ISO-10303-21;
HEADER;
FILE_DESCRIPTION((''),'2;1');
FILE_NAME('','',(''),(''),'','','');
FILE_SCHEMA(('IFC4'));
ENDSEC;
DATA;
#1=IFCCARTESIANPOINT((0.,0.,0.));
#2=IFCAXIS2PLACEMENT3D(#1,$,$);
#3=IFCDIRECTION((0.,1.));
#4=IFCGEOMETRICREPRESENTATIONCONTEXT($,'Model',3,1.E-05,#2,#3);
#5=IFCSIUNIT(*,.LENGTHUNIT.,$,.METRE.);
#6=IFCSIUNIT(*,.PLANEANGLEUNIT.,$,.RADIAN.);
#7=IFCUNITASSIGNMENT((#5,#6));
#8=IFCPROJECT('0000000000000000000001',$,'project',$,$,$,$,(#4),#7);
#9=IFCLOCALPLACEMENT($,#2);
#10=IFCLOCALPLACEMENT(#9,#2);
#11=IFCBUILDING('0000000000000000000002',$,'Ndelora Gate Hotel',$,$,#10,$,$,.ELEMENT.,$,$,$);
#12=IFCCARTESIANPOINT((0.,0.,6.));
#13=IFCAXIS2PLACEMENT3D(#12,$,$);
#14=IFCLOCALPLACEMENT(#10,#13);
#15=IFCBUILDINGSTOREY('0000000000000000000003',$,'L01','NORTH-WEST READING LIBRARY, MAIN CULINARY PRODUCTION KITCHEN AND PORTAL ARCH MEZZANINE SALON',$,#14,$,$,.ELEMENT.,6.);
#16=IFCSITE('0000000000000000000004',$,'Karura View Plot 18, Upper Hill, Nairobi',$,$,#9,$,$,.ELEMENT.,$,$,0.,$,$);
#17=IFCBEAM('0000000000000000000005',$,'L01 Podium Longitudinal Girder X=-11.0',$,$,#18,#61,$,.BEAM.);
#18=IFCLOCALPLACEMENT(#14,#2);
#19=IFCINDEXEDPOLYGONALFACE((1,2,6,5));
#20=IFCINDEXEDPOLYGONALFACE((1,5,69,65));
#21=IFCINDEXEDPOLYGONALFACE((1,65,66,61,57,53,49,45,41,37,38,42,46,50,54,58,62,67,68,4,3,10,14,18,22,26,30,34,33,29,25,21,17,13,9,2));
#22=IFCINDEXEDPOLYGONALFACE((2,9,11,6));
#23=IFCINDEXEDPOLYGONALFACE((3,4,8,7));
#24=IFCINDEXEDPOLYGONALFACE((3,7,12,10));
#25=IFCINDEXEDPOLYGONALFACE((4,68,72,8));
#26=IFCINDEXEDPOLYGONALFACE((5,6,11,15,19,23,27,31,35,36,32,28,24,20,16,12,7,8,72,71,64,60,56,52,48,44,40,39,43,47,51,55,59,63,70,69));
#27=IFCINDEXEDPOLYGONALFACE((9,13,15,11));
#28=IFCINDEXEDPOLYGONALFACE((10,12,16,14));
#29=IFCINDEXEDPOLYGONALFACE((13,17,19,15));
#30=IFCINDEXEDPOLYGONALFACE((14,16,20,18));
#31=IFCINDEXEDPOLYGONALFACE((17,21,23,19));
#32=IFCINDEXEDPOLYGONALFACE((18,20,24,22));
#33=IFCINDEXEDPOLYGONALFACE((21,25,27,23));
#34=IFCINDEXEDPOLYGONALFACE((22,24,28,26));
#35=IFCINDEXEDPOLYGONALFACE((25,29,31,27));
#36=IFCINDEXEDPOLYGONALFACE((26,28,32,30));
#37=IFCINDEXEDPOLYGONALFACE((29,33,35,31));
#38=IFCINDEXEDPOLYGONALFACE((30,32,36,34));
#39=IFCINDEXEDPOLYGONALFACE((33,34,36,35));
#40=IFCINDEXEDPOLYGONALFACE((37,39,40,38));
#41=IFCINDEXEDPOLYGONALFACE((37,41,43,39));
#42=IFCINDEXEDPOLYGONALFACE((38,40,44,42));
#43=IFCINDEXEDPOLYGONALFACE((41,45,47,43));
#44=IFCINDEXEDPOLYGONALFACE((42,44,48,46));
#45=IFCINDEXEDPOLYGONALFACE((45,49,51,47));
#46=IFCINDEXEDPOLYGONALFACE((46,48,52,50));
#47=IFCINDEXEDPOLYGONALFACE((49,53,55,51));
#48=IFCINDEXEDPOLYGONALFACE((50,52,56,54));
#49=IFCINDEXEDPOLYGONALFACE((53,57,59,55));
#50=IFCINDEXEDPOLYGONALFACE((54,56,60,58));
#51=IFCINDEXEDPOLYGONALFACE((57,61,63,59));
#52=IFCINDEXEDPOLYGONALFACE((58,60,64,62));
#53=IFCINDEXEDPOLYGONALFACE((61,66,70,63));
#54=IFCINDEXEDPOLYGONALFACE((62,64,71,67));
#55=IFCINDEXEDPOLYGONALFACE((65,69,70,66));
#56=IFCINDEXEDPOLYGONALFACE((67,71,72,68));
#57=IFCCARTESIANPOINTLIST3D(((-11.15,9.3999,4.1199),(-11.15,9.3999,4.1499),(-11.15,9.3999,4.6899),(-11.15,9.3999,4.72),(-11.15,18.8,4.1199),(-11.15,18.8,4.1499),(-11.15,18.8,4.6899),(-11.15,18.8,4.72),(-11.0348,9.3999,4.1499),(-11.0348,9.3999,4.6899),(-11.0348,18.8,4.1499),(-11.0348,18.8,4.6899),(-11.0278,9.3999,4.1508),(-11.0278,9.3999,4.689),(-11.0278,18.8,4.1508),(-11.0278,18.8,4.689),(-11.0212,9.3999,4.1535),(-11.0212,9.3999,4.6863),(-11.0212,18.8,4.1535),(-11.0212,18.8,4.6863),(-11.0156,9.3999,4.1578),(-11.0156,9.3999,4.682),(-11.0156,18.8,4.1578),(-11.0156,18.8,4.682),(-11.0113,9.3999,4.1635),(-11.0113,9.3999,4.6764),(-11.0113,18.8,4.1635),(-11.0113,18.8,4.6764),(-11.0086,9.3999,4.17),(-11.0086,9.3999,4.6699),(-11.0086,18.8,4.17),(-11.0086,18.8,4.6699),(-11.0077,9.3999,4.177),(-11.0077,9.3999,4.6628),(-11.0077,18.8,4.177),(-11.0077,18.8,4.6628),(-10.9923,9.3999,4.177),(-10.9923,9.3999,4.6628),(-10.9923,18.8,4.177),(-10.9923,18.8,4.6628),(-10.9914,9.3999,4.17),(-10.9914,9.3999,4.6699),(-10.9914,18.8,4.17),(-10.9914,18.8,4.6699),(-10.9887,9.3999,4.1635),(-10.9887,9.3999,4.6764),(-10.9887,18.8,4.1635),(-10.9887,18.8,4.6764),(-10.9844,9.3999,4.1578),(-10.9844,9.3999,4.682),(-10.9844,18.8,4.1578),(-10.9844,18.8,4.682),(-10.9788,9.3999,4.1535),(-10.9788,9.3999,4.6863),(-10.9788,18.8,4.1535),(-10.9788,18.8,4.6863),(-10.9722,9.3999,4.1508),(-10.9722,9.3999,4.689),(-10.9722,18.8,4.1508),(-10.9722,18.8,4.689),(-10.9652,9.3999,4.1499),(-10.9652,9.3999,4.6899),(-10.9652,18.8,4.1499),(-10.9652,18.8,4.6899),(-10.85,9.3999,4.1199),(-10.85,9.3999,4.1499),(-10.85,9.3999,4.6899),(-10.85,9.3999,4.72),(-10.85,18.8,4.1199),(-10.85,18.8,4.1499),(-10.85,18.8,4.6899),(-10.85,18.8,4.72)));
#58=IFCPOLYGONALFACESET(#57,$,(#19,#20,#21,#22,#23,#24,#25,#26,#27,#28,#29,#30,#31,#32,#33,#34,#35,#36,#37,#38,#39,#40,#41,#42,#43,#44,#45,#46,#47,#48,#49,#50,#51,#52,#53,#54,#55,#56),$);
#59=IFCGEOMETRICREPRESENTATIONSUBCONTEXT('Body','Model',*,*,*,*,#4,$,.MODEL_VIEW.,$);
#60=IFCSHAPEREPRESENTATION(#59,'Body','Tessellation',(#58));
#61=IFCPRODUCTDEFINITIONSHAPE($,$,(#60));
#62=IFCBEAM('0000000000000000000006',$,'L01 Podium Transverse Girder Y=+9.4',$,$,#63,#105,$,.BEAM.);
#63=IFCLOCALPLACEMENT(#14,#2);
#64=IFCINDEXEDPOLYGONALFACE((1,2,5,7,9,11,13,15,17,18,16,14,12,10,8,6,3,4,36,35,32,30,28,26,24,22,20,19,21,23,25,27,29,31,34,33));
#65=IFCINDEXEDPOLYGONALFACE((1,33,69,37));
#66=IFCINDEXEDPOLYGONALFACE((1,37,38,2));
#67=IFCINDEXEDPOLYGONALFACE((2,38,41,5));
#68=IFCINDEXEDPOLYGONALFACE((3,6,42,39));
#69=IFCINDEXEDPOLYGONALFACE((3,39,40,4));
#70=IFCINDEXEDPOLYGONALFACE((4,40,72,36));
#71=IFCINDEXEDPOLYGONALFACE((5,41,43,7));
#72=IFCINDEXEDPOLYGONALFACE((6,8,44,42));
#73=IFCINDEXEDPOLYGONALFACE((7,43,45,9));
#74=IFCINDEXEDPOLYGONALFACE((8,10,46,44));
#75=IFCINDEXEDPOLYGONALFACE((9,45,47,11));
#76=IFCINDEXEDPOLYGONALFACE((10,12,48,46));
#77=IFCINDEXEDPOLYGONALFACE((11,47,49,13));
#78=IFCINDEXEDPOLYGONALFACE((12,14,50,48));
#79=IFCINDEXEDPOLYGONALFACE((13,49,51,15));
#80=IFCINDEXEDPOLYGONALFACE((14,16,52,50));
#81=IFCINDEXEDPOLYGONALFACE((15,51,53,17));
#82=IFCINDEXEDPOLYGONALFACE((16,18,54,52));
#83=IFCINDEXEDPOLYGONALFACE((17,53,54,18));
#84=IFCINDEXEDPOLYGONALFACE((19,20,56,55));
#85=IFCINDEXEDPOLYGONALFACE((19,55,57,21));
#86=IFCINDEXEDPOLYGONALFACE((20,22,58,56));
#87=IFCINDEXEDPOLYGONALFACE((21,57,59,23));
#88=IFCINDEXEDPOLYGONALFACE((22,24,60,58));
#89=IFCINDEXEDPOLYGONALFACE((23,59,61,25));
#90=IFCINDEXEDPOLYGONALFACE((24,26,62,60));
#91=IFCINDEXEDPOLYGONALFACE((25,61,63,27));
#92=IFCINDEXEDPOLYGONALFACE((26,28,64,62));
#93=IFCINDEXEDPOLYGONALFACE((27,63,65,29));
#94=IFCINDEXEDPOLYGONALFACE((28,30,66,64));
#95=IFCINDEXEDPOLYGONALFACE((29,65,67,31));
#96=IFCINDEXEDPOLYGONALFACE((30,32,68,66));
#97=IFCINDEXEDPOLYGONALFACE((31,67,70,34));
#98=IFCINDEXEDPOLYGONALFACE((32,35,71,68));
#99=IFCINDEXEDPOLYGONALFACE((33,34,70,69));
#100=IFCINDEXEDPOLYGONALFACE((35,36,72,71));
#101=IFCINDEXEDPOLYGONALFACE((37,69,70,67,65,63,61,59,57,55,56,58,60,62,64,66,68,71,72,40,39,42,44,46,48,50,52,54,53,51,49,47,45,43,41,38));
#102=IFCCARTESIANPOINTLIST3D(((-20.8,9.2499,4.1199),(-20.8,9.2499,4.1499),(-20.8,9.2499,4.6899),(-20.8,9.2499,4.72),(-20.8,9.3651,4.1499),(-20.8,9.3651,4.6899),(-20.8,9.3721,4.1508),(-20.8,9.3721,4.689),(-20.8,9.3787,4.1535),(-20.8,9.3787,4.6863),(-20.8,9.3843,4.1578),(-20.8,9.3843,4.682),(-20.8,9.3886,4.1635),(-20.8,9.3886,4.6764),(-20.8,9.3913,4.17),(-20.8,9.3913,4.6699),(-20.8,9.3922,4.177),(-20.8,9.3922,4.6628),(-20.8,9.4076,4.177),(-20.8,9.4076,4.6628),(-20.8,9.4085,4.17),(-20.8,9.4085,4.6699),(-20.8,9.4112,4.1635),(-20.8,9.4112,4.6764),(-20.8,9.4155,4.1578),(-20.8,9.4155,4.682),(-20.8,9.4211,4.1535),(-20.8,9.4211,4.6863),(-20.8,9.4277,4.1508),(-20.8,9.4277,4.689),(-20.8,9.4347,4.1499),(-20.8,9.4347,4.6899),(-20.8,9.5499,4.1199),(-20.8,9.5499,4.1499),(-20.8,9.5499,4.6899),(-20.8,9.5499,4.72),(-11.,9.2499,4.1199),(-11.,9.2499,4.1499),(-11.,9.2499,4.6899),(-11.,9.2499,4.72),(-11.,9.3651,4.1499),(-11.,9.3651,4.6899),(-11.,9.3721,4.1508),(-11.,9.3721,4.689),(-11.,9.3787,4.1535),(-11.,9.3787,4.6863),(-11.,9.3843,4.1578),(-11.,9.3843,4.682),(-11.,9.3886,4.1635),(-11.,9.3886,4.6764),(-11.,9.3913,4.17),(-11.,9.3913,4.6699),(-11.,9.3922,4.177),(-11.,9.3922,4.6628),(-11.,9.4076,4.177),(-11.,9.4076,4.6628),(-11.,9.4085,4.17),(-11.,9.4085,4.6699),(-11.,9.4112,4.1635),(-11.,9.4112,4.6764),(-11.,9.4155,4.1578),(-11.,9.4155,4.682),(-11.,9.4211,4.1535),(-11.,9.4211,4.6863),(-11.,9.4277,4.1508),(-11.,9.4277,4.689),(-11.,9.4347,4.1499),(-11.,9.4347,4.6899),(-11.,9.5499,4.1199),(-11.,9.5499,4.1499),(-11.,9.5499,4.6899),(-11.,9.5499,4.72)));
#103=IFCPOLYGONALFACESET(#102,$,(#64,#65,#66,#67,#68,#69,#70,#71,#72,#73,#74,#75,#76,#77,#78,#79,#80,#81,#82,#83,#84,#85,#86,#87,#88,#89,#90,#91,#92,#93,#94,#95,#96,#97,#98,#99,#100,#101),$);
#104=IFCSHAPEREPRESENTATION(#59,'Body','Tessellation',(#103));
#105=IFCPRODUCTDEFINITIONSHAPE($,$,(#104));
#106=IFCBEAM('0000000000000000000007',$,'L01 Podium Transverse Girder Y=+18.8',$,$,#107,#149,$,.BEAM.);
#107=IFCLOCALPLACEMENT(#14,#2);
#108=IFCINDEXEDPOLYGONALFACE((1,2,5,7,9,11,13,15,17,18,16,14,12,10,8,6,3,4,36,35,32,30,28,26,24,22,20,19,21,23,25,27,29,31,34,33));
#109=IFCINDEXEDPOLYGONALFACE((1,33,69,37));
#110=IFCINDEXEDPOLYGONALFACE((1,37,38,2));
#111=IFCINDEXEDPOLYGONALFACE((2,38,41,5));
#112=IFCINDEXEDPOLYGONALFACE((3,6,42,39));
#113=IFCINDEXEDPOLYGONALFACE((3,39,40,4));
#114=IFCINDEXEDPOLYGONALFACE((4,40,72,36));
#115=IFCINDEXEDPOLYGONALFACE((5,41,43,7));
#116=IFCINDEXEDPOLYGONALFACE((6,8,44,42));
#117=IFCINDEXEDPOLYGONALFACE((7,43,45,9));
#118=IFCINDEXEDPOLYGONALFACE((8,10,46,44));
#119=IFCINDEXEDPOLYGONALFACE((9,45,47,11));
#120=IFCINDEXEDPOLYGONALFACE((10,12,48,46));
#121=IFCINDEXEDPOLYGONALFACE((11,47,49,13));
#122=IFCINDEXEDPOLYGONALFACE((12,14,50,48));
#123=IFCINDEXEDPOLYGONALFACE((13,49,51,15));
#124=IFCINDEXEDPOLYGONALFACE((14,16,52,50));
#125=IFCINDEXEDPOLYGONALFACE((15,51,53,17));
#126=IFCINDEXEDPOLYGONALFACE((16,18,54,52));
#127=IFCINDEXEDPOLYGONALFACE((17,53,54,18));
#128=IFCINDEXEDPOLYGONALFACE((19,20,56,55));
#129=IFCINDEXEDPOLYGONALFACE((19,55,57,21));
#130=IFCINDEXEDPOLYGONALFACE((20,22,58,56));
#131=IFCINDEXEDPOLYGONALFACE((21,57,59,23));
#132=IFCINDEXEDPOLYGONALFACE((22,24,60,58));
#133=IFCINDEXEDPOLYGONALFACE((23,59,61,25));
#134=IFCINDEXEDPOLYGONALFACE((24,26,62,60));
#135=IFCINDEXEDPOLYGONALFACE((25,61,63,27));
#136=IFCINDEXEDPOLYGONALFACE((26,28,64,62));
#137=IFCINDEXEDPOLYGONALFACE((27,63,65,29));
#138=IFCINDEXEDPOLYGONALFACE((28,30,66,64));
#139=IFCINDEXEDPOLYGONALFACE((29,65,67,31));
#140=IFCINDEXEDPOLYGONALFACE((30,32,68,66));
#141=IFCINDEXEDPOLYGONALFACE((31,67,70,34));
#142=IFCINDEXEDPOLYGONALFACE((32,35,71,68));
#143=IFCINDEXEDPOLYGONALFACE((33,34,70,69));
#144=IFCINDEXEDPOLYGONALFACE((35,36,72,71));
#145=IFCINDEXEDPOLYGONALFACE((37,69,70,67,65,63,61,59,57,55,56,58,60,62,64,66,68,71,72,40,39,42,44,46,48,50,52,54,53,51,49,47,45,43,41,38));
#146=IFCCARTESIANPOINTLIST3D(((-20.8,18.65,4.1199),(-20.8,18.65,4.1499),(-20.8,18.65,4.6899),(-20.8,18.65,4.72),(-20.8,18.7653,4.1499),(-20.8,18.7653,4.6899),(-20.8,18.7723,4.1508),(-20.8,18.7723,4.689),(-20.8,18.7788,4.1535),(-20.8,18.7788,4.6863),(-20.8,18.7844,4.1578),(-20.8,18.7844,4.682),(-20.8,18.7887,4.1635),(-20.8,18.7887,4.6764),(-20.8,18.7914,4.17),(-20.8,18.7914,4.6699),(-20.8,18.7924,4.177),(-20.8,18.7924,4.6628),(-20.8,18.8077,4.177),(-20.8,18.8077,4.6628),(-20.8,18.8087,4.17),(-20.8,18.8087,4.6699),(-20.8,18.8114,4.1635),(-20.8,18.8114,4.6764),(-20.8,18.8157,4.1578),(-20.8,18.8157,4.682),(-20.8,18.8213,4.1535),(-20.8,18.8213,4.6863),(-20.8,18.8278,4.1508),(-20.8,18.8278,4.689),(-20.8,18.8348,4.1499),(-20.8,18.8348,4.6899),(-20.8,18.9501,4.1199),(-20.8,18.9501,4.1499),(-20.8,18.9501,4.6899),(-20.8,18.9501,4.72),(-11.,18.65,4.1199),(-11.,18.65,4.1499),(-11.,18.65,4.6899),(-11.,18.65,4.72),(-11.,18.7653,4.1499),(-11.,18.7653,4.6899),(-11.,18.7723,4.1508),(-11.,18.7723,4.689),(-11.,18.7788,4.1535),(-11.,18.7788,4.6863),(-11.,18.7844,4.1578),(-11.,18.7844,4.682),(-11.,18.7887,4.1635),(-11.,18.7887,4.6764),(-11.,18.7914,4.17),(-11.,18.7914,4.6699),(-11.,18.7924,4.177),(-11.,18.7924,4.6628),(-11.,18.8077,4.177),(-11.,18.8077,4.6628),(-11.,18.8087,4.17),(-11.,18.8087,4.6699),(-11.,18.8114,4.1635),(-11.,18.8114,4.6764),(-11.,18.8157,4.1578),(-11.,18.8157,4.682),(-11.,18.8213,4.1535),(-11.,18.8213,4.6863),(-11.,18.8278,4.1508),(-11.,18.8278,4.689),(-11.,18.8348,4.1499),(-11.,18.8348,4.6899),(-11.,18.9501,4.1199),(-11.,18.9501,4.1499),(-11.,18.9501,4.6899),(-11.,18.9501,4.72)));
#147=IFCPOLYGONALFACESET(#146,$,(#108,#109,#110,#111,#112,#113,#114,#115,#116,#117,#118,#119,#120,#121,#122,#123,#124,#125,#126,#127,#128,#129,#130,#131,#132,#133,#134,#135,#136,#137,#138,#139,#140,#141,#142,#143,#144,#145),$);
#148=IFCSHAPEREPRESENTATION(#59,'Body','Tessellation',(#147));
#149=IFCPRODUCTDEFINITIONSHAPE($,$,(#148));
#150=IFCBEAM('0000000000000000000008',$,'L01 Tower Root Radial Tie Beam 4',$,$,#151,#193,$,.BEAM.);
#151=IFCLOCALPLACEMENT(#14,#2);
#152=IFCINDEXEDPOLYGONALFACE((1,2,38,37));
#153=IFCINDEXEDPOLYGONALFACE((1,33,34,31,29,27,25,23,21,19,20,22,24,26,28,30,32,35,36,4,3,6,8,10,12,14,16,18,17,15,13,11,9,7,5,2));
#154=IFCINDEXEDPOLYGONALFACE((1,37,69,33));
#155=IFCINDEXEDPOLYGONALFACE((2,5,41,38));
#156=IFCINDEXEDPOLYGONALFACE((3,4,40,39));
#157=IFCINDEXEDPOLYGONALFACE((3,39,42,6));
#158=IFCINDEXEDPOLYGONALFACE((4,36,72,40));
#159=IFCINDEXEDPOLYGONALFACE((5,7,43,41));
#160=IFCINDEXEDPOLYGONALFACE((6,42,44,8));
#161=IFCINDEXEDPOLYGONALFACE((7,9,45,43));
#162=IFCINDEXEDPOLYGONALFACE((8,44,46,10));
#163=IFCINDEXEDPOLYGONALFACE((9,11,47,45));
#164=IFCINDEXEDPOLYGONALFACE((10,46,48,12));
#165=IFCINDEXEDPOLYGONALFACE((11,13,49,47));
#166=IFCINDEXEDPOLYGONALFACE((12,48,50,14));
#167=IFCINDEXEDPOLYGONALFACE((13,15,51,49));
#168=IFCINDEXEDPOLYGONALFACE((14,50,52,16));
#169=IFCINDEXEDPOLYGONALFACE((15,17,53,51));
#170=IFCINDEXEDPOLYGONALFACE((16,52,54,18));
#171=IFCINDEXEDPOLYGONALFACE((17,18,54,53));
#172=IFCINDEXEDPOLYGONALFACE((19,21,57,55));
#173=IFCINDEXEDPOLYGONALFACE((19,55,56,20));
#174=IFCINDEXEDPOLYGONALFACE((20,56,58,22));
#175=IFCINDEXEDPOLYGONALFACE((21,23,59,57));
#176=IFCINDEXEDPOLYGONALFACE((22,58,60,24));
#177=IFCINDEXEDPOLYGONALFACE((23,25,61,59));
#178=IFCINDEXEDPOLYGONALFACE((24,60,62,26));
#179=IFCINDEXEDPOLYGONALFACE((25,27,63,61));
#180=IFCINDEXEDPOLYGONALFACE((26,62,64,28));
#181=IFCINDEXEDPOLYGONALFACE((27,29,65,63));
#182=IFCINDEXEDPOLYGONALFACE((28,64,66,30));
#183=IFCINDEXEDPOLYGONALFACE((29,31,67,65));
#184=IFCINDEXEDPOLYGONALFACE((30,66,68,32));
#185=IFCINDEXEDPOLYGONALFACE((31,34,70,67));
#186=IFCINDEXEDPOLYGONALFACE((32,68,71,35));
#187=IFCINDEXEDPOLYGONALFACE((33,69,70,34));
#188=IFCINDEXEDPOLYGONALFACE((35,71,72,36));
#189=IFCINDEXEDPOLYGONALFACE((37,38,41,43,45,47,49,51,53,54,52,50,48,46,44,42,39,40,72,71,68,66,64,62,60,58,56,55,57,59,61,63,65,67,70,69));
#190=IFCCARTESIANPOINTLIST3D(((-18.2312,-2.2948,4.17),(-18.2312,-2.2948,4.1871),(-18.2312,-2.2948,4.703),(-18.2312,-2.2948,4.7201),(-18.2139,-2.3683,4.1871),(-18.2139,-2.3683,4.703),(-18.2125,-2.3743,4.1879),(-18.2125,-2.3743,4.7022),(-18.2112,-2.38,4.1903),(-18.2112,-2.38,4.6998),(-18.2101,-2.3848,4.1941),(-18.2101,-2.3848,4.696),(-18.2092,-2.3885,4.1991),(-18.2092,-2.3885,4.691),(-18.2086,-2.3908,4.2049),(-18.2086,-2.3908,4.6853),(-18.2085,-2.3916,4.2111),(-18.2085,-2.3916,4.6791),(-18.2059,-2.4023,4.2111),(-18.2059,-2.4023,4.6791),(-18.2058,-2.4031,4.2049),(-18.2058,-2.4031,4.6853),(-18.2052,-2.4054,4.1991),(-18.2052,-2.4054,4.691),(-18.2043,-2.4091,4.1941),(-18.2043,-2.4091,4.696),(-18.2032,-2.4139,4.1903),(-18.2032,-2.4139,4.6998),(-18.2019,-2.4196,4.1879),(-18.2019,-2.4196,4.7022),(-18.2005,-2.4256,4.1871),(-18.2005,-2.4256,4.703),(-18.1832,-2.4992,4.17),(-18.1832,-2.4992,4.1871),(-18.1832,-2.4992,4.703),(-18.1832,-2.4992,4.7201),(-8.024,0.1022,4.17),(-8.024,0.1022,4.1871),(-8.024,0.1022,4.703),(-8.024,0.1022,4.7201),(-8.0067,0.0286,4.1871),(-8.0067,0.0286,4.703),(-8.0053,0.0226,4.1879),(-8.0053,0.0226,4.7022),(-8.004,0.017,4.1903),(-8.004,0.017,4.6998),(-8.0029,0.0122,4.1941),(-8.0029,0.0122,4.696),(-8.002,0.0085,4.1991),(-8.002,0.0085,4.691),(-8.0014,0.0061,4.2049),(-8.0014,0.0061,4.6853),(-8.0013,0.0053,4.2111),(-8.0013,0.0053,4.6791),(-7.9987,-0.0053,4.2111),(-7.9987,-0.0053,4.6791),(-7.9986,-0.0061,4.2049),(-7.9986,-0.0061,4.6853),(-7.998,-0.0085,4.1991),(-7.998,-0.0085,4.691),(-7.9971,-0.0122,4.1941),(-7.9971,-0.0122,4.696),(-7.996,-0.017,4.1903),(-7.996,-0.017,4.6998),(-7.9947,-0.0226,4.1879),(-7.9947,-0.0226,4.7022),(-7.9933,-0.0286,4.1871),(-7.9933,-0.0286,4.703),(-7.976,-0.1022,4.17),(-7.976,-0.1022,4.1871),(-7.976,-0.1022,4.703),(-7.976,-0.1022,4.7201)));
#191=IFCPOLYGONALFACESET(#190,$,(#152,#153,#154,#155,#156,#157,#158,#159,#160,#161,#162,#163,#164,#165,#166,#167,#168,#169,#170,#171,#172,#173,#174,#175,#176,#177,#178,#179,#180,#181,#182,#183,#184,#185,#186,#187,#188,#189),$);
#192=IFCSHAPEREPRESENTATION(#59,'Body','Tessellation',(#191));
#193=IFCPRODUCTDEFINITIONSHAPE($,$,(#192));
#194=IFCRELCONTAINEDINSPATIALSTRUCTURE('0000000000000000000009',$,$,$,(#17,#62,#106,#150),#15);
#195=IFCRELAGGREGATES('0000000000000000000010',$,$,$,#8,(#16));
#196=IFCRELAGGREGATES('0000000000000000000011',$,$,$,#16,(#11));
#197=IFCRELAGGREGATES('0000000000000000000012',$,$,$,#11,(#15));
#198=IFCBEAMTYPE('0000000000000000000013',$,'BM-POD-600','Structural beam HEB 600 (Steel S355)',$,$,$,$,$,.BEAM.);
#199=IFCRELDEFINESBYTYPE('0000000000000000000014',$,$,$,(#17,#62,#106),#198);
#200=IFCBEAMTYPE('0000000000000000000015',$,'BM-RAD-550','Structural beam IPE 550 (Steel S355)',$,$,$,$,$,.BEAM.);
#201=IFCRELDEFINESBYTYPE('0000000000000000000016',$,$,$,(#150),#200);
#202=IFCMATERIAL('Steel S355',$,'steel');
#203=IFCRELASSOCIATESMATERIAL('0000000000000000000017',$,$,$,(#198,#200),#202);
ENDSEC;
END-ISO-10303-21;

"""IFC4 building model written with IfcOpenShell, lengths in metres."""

from ifc_helpers import new_model, si_unit, direction, frame, origin, origin_2d, place, context, subcontext, project, spatial, i_section, extrude, material, material_profile, profile_set, type_object, element, save


model = new_model("IFC4")

# Units and contexts
model_context = context("Model", 3, precision=1e-05, world=origin(), true_north=direction((0.0, 1.0)))
body_context = subcontext(model_context, "Body", "Model", "MODEL_VIEW")
ifc_project = project(units=[si_unit("LENGTHUNIT", "METRE"), si_unit("PLANEANGLEUNIT", "RADIAN")], contexts=[model_context])

# Site, building, storey
site_placement = place(None, origin())
site = spatial("IfcSite", under=ifc_project, at=site_placement, Name="Karura View Plot 18, Upper Hill, Nairobi", CompositionType="ELEMENT", RefElevation=0.0)
building_placement = place(site_placement, origin())
building = spatial("IfcBuilding", under=site, at=building_placement, Name="Ndelora Gate Hotel", CompositionType="ELEMENT")
storey_placement = place(building_placement, frame((0.0, 0.0, 6.0)))
storey = spatial("IfcBuildingStorey", under=building, at=storey_placement, Name="L01", Description="NORTH-WEST READING LIBRARY, MAIN CULINARY PRODUCTION KITCHEN AND PORTAL ARCH MEZZANINE SALON", CompositionType="ELEMENT", Elevation=6.0)

# Beams
ifc_material_1 = material(Name="Steel S355", Category="steel")
ifc_material_profile_1 = material_profile(ifc_material_1, i_section(OverallWidth=0.3, OverallDepth=0.6001, WebThickness=0.0154, FlangeThickness=0.03, FilletRadius=0.0271, at=origin_2d()), Name="HEB 600")
ifc_profile_set_1 = profile_set([ifc_material_profile_1], Name="Steel S355")
beam_type_1 = type_object("IfcBeamType", Name="BM-POD-600", Description="Structural beam HEB 600 (Steel S355)", PredefinedType="BEAM", material=ifc_profile_set_1)
beam_1_placement = place(storey_placement, frame((-11.0, 9.3999, 4.4199), z_axis=(0.0, 1.0, 0.0), x_axis=(-1.0, 0.0, 0.0)))
element("IfcBeam", 1, at=beam_1_placement, inside=storey, type_object=beam_type_1, Name="L01 Podium Longitudinal Girder X=-11.0", PredefinedType="BEAM", context=body_context, shape_type="SweptSolid", body=[
    extrude(i_section(OverallWidth=0.3, OverallDepth=0.6001, WebThickness=0.0154, FlangeThickness=0.03, FilletRadius=0.0271, at=origin_2d()), origin(), (0.0, 0.0, 1.0), 9.4001),
])
for number, where, z_axis, x_axis, name in (
    (2, (-20.8, 9.3999, 4.4199), (1.0, 0.0, 0.0), (0.0, 1.0, 0.0), "L01 Podium Transverse Girder Y=+9.4"),
    (3, (-20.8, 18.8, 4.4199), (1.0, 0.0, 0.0), (0.0, 1.0, 0.0), "L01 Podium Transverse Girder Y=+18.8"),
):
    element("IfcBeam", number, at=place(storey_placement, frame(where, z_axis=z_axis, x_axis=x_axis)), inside=storey, type_object=beam_type_1, Name=name, PredefinedType="BEAM", context=body_context, shape_type="SweptSolid", body=[
        extrude(i_section(OverallWidth=0.3, OverallDepth=0.6001, WebThickness=0.0154, FlangeThickness=0.03, FilletRadius=0.0271, at=origin_2d()), origin(), (0.0, 0.0, 1.0), 9.8),
    ])
ifc_material_profile_2 = material_profile(ifc_material_1, i_section(OverallWidth=0.21, OverallDepth=0.55, WebThickness=0.011, FlangeThickness=0.0171, FilletRadius=0.0239, at=origin_2d()), Name="IPE 550")
ifc_profile_set_2 = profile_set([ifc_material_profile_2], Name="Steel S355")
beam_type_2 = type_object("IfcBeamType", Name="BM-RAD-550", Description="Structural beam IPE 550 (Steel S355)", PredefinedType="BEAM", material=ifc_profile_set_2)
beam_2_placement = place(storey_placement, frame((-8.0, 0.0, 4.4451), z_axis=(-0.973518, -0.228611, 0.0), x_axis=(0.228611, -0.973518, 0.0)))
element("IfcBeam", 4, at=beam_2_placement, inside=storey, type_object=beam_type_2, Name="L01 Tower Root Radial Tie Beam 4", PredefinedType="BEAM", context=body_context, shape_type="SweptSolid", body=[
    extrude(i_section(OverallWidth=0.21, OverallDepth=0.55, WebThickness=0.011, FlangeThickness=0.0171, FilletRadius=0.0239, at=origin_2d()), origin(), (0.0, 0.0, 1.0), 10.4849),
])

save(model, "model.ifc")
